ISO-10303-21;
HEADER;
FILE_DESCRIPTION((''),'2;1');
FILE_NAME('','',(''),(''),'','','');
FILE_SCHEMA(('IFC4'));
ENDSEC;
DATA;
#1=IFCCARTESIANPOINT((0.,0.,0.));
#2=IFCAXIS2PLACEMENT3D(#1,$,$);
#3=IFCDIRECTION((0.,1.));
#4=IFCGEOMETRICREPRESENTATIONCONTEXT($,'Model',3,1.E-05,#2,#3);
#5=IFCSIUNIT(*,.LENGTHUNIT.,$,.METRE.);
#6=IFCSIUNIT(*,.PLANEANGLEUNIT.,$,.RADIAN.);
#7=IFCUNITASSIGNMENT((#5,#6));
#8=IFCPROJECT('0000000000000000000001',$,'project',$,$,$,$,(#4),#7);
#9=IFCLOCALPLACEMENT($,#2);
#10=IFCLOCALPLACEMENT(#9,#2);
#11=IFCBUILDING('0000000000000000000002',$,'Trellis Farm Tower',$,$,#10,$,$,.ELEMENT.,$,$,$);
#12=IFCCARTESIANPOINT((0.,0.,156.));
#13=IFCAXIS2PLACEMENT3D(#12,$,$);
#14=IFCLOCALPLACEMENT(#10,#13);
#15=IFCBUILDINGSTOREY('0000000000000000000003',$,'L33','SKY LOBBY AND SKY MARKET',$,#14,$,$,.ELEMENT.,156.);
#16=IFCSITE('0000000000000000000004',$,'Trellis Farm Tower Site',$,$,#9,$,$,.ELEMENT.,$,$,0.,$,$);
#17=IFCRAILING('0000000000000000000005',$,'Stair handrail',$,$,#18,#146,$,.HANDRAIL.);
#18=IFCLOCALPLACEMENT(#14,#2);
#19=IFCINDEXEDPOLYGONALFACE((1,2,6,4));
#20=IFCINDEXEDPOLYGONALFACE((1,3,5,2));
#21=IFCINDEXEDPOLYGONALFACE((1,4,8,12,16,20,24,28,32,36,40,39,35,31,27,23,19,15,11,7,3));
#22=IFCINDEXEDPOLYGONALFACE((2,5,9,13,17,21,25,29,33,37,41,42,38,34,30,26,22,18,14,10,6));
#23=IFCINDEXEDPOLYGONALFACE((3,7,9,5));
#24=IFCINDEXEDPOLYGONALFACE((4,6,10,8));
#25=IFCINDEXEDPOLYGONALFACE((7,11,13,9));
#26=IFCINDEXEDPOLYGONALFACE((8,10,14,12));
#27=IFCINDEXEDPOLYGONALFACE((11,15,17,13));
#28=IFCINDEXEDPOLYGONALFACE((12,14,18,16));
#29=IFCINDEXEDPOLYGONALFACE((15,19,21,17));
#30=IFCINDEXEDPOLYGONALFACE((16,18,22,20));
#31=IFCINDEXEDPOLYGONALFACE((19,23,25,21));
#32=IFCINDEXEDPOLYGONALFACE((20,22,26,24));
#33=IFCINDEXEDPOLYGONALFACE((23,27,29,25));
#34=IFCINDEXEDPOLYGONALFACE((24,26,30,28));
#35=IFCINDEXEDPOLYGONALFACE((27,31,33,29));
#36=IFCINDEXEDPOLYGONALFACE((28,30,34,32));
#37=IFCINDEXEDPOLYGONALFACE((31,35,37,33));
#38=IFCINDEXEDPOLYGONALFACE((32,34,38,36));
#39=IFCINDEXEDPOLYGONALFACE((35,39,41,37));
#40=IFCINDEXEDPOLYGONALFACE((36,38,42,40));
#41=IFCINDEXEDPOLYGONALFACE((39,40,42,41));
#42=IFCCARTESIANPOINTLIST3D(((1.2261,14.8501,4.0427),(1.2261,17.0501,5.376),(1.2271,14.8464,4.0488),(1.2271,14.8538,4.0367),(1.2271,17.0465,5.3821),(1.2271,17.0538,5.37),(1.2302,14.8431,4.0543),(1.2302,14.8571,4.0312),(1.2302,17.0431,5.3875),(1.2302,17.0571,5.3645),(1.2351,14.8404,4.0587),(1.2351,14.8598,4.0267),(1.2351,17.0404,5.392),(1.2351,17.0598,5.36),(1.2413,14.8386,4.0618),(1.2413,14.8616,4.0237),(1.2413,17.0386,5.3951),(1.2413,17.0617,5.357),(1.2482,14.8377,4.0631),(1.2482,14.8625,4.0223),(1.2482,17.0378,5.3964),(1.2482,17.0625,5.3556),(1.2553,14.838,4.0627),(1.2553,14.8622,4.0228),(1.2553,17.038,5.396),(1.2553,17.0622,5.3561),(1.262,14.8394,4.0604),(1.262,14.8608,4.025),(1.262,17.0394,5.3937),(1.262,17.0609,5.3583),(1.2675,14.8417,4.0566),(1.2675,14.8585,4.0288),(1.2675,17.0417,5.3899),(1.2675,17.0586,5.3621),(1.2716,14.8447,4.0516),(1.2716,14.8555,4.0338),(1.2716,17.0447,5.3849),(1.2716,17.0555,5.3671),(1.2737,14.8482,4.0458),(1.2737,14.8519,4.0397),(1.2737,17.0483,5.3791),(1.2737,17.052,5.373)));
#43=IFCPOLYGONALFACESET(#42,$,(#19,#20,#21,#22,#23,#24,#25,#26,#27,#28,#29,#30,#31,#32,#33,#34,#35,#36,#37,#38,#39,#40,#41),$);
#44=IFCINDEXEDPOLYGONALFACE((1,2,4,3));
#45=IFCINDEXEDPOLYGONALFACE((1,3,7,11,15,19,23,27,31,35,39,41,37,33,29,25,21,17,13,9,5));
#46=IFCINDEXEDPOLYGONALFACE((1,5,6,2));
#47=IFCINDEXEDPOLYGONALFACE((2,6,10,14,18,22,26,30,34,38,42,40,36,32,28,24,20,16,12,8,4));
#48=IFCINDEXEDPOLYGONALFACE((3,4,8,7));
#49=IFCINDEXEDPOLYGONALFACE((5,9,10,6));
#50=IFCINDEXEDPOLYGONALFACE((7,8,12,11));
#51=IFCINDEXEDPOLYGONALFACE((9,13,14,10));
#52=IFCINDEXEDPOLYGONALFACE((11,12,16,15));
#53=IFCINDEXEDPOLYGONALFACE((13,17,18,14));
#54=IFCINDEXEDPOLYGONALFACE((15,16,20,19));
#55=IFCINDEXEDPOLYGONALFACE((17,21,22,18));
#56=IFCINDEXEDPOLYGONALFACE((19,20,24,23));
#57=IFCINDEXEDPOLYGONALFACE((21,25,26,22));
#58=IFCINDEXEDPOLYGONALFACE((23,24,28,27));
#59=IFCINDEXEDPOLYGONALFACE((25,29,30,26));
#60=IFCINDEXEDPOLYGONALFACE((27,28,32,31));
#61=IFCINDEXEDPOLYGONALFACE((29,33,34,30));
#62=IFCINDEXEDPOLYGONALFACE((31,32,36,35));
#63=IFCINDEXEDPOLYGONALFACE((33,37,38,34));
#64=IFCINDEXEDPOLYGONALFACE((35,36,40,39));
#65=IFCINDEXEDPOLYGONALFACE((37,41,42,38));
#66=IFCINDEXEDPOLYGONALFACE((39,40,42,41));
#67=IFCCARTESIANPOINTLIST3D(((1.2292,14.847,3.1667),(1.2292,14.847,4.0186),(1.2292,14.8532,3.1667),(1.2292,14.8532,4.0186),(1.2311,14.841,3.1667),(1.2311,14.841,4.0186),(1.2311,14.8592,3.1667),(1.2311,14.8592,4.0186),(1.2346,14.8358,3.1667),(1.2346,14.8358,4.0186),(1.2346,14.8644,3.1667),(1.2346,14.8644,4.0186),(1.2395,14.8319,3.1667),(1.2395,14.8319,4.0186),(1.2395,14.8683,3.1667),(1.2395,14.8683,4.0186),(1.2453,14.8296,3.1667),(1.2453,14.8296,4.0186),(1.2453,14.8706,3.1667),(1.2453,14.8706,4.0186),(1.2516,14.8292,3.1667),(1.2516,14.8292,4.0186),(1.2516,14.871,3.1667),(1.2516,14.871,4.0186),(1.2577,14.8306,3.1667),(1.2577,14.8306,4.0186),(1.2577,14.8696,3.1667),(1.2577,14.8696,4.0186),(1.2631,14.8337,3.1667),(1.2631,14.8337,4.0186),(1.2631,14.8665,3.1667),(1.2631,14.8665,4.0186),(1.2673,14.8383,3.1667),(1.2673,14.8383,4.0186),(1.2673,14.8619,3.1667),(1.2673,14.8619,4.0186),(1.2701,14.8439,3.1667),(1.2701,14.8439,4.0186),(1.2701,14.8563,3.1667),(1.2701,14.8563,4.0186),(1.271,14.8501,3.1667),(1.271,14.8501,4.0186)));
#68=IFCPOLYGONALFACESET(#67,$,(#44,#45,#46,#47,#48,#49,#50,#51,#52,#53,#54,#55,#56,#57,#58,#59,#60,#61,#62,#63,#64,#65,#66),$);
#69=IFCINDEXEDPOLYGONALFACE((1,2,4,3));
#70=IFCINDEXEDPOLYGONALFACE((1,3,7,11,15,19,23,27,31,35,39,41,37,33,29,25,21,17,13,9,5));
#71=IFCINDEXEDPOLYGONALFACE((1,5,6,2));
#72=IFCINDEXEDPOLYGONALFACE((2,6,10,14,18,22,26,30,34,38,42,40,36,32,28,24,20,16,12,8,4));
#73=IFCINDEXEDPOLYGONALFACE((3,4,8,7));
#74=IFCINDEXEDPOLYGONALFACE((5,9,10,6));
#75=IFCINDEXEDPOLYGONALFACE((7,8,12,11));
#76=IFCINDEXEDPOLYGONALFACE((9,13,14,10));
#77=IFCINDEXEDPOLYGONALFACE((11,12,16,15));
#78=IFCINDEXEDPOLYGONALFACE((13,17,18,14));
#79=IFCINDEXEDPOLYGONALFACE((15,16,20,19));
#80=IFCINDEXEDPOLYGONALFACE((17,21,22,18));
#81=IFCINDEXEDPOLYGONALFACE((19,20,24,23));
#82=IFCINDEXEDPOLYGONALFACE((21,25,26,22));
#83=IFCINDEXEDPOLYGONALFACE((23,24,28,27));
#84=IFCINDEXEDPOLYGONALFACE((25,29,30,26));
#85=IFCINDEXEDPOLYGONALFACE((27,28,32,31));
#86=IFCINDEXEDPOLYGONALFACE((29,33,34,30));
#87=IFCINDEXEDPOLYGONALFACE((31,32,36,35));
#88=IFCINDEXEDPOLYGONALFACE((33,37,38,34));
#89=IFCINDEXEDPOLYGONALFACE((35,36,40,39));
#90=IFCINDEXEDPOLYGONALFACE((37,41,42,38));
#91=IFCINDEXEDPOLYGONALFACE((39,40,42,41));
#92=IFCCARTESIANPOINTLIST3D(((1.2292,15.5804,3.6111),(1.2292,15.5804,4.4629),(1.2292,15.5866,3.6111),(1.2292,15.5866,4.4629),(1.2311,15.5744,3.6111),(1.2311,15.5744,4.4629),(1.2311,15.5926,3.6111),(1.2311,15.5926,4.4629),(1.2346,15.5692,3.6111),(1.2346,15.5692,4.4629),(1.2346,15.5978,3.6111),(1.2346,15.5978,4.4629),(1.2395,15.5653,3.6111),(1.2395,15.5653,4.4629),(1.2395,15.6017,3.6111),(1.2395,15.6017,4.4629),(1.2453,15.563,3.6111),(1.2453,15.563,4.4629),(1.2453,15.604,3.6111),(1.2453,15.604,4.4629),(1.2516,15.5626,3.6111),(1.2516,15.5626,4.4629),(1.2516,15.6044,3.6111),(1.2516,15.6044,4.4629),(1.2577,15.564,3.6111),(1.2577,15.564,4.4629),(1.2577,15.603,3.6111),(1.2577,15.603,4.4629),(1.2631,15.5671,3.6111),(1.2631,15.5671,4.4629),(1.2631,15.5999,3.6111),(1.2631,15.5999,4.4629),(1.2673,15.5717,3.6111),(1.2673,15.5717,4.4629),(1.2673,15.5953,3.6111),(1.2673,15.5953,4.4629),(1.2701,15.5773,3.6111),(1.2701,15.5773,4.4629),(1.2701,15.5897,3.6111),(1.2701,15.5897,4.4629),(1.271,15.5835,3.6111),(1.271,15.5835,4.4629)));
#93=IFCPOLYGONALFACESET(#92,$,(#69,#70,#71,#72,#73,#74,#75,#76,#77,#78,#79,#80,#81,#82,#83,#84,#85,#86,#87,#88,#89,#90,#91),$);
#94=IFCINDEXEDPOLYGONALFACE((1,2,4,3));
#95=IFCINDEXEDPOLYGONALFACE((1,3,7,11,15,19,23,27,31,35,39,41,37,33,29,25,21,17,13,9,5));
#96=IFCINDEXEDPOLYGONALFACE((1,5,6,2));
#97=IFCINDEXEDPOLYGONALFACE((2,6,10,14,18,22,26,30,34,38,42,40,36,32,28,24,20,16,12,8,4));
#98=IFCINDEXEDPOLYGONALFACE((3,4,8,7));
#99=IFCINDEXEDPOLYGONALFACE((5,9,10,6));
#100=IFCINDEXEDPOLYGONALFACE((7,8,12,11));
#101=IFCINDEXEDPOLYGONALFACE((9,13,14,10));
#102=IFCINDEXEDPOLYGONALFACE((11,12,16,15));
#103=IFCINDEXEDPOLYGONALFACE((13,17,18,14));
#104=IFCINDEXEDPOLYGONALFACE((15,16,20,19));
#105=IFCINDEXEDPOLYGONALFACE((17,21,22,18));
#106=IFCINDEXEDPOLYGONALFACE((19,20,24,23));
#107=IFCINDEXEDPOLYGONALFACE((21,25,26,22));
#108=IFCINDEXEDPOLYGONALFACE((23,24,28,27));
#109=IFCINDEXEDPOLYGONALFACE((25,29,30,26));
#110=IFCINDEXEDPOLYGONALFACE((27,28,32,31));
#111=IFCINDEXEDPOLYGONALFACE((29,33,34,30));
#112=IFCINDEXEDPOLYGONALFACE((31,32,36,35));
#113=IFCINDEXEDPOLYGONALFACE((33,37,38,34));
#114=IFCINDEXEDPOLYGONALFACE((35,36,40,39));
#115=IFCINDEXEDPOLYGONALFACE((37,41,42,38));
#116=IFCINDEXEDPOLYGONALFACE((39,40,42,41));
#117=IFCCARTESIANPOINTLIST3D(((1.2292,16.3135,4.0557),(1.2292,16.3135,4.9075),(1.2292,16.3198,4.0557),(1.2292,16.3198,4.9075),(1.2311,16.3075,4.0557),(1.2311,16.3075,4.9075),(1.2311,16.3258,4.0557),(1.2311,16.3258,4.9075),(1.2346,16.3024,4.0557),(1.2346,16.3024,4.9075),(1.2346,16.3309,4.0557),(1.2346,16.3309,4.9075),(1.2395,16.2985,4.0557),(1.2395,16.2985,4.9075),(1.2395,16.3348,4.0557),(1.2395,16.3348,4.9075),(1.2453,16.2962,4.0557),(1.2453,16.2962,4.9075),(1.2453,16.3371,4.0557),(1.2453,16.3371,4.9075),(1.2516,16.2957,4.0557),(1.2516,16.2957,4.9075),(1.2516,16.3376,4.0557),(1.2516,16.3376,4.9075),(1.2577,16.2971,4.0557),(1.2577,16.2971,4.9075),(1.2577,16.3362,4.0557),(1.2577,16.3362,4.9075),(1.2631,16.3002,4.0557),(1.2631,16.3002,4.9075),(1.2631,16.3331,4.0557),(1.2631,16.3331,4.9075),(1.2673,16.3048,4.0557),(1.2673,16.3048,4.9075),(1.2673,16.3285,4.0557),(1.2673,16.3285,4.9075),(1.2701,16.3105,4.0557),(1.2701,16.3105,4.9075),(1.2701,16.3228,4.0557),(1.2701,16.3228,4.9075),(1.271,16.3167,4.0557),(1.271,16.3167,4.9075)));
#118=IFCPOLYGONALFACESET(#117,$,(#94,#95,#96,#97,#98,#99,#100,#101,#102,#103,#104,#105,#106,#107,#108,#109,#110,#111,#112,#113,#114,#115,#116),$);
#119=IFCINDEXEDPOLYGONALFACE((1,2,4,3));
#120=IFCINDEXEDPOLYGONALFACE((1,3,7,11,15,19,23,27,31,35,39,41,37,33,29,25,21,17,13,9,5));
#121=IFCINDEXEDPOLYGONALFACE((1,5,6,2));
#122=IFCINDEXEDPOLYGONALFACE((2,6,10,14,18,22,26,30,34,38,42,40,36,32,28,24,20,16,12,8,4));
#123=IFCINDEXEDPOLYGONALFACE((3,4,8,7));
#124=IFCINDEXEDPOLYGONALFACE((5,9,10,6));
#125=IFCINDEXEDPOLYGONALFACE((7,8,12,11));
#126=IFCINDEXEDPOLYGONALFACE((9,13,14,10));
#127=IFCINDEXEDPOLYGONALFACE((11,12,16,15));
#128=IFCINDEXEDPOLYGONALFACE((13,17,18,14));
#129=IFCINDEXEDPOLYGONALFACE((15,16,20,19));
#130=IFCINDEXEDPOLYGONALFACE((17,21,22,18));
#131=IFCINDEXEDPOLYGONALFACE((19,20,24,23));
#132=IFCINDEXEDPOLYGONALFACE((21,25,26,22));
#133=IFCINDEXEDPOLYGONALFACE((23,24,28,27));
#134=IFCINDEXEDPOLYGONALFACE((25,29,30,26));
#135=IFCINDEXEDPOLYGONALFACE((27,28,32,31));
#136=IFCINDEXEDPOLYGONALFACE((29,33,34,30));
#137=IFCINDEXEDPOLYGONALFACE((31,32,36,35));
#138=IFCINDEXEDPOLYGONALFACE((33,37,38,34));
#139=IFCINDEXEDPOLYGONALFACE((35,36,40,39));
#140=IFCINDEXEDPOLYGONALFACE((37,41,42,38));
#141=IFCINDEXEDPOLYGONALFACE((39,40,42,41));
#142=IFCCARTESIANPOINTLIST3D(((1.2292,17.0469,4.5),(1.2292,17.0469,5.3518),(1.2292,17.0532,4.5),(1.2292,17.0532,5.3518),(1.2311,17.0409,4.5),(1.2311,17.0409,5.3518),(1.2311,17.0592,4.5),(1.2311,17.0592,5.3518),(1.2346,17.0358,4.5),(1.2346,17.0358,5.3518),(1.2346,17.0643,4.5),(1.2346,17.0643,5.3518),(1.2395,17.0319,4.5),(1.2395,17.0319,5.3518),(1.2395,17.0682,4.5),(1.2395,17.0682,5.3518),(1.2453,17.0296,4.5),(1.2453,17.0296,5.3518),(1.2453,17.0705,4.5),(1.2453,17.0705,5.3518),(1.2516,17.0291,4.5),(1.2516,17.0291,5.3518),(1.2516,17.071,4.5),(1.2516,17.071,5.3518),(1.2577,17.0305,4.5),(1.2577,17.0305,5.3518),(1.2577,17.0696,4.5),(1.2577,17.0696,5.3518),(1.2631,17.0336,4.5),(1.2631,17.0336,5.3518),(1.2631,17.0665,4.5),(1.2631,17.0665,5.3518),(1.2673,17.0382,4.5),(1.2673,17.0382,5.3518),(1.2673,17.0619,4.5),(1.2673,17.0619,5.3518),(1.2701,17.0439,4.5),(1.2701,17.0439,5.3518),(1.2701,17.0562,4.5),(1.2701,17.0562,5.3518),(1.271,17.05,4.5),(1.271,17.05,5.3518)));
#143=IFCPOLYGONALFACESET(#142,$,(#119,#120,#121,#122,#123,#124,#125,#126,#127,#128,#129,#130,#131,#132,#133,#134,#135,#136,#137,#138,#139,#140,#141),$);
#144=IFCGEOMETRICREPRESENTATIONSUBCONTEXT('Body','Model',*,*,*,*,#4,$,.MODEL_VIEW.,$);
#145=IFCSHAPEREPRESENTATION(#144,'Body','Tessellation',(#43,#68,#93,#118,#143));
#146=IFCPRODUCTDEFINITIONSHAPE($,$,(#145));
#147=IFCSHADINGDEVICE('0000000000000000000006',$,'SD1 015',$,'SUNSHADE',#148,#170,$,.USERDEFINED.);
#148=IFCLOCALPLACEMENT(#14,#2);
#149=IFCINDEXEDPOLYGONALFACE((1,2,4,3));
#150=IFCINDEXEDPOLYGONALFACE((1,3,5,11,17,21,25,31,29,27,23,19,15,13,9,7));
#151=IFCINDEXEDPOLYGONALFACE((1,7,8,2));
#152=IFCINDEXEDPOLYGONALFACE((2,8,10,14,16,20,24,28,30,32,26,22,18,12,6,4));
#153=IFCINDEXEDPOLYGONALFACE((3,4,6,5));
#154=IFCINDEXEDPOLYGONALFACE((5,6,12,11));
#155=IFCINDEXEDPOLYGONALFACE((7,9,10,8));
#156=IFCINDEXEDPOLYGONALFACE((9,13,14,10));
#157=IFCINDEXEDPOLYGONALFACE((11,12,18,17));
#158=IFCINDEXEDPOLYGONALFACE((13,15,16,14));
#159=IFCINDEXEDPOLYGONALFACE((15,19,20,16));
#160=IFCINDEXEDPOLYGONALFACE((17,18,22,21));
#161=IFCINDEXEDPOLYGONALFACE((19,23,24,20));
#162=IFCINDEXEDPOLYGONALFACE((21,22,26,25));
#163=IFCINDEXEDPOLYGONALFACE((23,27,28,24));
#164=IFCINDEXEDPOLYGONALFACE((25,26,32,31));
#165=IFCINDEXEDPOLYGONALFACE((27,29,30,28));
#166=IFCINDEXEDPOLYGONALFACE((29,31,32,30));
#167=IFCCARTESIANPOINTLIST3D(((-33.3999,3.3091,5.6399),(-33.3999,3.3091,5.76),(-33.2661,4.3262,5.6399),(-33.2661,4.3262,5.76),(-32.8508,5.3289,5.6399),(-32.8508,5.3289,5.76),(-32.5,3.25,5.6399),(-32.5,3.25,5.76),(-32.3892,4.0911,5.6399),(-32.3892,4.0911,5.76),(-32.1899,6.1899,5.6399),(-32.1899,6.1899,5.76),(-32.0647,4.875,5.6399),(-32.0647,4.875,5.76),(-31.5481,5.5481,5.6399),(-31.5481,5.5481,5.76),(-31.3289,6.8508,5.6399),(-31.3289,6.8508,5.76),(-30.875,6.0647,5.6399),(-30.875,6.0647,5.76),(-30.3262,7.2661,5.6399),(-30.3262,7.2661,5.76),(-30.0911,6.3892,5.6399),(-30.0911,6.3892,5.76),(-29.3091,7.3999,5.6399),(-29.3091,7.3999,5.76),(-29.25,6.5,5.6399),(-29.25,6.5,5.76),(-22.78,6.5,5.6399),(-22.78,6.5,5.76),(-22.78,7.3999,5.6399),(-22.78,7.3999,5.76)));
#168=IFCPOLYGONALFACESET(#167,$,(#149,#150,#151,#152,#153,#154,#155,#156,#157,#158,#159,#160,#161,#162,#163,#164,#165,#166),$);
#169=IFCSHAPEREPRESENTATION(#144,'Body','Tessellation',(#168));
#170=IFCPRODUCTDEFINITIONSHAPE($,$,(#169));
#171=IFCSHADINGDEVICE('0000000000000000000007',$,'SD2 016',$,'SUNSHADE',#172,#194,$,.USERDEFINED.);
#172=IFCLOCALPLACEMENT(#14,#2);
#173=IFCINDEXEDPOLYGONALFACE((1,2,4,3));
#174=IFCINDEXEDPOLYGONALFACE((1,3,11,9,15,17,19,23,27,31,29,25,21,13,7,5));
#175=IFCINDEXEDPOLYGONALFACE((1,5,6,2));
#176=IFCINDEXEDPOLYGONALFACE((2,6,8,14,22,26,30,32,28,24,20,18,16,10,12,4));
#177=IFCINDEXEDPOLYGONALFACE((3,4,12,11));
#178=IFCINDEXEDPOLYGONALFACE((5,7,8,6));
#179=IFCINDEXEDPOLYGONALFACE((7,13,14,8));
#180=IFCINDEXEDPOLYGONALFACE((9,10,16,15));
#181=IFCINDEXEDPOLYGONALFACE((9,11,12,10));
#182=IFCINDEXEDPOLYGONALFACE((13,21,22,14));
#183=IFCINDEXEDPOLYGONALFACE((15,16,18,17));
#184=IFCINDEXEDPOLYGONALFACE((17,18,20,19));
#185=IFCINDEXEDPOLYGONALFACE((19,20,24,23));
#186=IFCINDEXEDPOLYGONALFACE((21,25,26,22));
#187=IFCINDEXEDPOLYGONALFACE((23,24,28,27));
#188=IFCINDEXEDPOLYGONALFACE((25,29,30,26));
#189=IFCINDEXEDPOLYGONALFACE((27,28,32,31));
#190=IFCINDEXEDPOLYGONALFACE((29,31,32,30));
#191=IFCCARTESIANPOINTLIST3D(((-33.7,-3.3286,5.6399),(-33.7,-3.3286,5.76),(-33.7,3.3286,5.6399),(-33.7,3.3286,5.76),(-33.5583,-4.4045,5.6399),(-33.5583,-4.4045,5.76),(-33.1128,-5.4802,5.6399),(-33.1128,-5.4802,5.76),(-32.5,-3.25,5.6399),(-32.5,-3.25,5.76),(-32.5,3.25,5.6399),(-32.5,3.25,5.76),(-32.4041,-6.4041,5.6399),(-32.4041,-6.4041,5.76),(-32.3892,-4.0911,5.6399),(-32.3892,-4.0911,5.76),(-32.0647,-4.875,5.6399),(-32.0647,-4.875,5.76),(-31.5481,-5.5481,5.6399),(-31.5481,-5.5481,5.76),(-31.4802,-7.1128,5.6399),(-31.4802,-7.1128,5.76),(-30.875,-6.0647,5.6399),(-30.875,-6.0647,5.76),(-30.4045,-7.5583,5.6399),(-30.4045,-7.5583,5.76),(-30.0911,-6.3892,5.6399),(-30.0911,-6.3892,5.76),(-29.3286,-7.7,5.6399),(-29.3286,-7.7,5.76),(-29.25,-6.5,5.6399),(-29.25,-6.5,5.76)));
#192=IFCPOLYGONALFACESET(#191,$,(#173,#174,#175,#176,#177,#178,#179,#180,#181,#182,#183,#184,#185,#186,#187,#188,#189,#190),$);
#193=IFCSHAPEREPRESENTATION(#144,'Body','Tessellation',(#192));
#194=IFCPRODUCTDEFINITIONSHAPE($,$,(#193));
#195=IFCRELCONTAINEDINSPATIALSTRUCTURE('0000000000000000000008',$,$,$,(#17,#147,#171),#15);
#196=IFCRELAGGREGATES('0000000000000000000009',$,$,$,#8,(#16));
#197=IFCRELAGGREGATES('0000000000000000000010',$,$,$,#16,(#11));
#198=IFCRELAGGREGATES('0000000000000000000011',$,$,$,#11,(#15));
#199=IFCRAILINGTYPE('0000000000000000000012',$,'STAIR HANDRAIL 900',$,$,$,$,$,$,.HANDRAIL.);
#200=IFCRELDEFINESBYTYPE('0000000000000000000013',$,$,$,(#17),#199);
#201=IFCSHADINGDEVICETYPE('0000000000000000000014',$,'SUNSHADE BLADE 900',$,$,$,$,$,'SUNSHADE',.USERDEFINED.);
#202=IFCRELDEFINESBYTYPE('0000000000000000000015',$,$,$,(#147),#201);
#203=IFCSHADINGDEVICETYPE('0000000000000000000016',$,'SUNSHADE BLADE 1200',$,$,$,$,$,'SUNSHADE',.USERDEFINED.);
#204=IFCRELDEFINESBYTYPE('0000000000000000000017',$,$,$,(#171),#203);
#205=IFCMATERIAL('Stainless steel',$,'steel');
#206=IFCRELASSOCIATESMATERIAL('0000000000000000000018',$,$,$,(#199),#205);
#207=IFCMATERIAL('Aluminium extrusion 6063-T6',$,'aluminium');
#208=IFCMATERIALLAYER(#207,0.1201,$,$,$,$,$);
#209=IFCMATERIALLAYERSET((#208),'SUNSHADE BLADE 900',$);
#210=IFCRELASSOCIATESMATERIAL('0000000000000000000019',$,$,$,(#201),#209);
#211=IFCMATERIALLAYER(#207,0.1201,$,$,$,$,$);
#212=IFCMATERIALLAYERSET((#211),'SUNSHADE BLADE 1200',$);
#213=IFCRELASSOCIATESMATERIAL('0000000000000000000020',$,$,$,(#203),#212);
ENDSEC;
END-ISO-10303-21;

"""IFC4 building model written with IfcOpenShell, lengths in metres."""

from ifc_helpers import new_model, si_unit, direction, frame, origin, origin_2d, place, context, subcontext, project, spatial, polyline, circle, outline, extrude, source, transform, mapped, material, layer, layer_set, type_object, element, save


model = new_model("IFC4")

# Units and contexts
model_context = context("Model", 3, precision=1e-05, world=origin(), true_north=direction((0.0, 1.0)))
body_context = subcontext(model_context, "Body", "Model", "MODEL_VIEW")
ifc_project = project(units=[si_unit("LENGTHUNIT", "METRE"), si_unit("PLANEANGLEUNIT", "RADIAN")], contexts=[model_context])

# Site, building, storey
site_placement = place(None, origin())
site = spatial("IfcSite", under=ifc_project, at=site_placement, Name="Trellis Farm Tower Site", CompositionType="ELEMENT", RefElevation=0.0)
building_placement = place(site_placement, origin())
building = spatial("IfcBuilding", under=site, at=building_placement, Name="Trellis Farm Tower", CompositionType="ELEMENT")
storey_placement = place(building_placement, frame((0.0, 0.0, 156.0)))
storey = spatial("IfcBuildingStorey", under=building, at=storey_placement, Name="L33", Description="SKY LOBBY AND SKY MARKET", CompositionType="ELEMENT", Elevation=156.0)

# Shared definitions
ifc_material_1 = material(Name="Aluminium extrusion 6063-T6", Category="aluminium")

# Railing
ifc_material_2 = material(Name="Stainless steel", Category="steel")
railing_type = type_object("IfcRailingType", Name="STAIR HANDRAIL 900", PredefinedType="HANDRAIL", material=ifc_material_2)
shared_shape_1 = source(origin(), body_context, "Body", "SweptSolid", [
    extrude(circle(Radius=0.0239, at=origin_2d()), frame((0.0, 0.0, 0.876), z_axis=(0.0, 0.855207, 0.518287), x_axis=(-1.0, 0.0, 0.0)), (0.0, 0.0, 1.0), 2.5725),
    extrude(circle(Radius=0.021, at=origin_2d()), origin(), (0.0, 0.0, 1.0), 0.8518),
    extrude(circle(Radius=0.021, at=origin_2d()), frame((0.0, 0.7334, 0.4443)), (0.0, 0.0, 1.0), 0.8518),
    extrude(circle(Radius=0.021, at=origin_2d()), frame((0.0, 1.4666, 0.8889)), (0.0, 0.0, 1.0), 0.8518),
    extrude(circle(Radius=0.021, at=origin_2d()), frame((0.0, 2.2, 1.3333)), (0.0, 0.0, 1.0), 0.8518),
])
for number, where, name in (
    (1, (1.25, 14.8501, 3.1667), "Stair handrail"),
):
    element("IfcRailing", number, at=place(storey_placement, frame(where)), inside=storey, type_object=railing_type, Name=name, PredefinedType="HANDRAIL", context=body_context, shape_type="MappedRepresentation", body=[
        mapped(shared_shape_1, transform((0.0, 0.0, 0.0))),
    ])

# Shading devices
ifc_layer_1 = layer(ifc_material_1, 0.1201)
ifc_layer_set_1 = layer_set([ifc_layer_1], Name="SUNSHADE BLADE 900")
shading_device_type_1 = type_object("IfcShadingDeviceType", Name="SUNSHADE BLADE 900", ElementType="SUNSHADE", PredefinedType="USERDEFINED", material=ifc_layer_set_1)
shared_shape_2 = source(origin(), body_context, "Body", "SweptSolid", [
    extrude(outline(polyline([(-22.78, 7.3999), (-29.3091, 7.3999), (-30.3262, 7.2661), (-31.3289, 6.8508), (-32.1899, 6.1899), (-32.8508, 5.3289), (-33.2661, 4.3262), (-33.3999, 3.3091), (-32.5, 3.25), (-32.3892, 4.0911), (-32.0647, 4.875), (-31.5481, 5.5481), (-30.875, 6.0647), (-30.0911, 6.3892), (-29.25, 6.5), (-22.78, 6.5), (-22.78, 7.3999)])), origin(), (0.0, 0.0, 1.0), 0.1201),
])
placement_1 = place(storey_placement, frame((0.0, 0.0, 5.6399)))
element("IfcShadingDevice", 2, at=placement_1, inside=storey, type_object=shading_device_type_1, Name="SD1 015", ObjectType="SUNSHADE", PredefinedType="USERDEFINED", context=body_context, shape_type="MappedRepresentation", body=[
    mapped(shared_shape_2, transform((0.0, 0.0, 0.0))),
])
ifc_layer_2 = layer(ifc_material_1, 0.1201)
ifc_layer_set_2 = layer_set([ifc_layer_2], Name="SUNSHADE BLADE 1200")
shading_device_type_2 = type_object("IfcShadingDeviceType", Name="SUNSHADE BLADE 1200", ElementType="SUNSHADE", PredefinedType="USERDEFINED", material=ifc_layer_set_2)
shared_shape_3 = source(origin(), body_context, "Body", "SweptSolid", [
    extrude(outline(polyline([(-33.7, 3.3286), (-33.7, -3.3286), (-33.5583, -4.4045), (-33.1128, -5.4802), (-32.4041, -6.4041), (-31.4802, -7.1128), (-30.4045, -7.5583), (-29.3286, -7.7), (-29.25, -6.5), (-30.0911, -6.3892), (-30.875, -6.0647), (-31.5481, -5.5481), (-32.0647, -4.875), (-32.3892, -4.0911), (-32.5, -3.25), (-32.5, 3.25), (-33.7, 3.3286)])), origin(), (0.0, 0.0, 1.0), 0.1201),
])
element("IfcShadingDevice", 3, at=placement_1, inside=storey, type_object=shading_device_type_2, Name="SD2 016", ObjectType="SUNSHADE", PredefinedType="USERDEFINED", context=body_context, shape_type="MappedRepresentation", body=[
    mapped(shared_shape_3, transform((0.0, 0.0, 0.0))),
])

save(model, "model.ifc")
